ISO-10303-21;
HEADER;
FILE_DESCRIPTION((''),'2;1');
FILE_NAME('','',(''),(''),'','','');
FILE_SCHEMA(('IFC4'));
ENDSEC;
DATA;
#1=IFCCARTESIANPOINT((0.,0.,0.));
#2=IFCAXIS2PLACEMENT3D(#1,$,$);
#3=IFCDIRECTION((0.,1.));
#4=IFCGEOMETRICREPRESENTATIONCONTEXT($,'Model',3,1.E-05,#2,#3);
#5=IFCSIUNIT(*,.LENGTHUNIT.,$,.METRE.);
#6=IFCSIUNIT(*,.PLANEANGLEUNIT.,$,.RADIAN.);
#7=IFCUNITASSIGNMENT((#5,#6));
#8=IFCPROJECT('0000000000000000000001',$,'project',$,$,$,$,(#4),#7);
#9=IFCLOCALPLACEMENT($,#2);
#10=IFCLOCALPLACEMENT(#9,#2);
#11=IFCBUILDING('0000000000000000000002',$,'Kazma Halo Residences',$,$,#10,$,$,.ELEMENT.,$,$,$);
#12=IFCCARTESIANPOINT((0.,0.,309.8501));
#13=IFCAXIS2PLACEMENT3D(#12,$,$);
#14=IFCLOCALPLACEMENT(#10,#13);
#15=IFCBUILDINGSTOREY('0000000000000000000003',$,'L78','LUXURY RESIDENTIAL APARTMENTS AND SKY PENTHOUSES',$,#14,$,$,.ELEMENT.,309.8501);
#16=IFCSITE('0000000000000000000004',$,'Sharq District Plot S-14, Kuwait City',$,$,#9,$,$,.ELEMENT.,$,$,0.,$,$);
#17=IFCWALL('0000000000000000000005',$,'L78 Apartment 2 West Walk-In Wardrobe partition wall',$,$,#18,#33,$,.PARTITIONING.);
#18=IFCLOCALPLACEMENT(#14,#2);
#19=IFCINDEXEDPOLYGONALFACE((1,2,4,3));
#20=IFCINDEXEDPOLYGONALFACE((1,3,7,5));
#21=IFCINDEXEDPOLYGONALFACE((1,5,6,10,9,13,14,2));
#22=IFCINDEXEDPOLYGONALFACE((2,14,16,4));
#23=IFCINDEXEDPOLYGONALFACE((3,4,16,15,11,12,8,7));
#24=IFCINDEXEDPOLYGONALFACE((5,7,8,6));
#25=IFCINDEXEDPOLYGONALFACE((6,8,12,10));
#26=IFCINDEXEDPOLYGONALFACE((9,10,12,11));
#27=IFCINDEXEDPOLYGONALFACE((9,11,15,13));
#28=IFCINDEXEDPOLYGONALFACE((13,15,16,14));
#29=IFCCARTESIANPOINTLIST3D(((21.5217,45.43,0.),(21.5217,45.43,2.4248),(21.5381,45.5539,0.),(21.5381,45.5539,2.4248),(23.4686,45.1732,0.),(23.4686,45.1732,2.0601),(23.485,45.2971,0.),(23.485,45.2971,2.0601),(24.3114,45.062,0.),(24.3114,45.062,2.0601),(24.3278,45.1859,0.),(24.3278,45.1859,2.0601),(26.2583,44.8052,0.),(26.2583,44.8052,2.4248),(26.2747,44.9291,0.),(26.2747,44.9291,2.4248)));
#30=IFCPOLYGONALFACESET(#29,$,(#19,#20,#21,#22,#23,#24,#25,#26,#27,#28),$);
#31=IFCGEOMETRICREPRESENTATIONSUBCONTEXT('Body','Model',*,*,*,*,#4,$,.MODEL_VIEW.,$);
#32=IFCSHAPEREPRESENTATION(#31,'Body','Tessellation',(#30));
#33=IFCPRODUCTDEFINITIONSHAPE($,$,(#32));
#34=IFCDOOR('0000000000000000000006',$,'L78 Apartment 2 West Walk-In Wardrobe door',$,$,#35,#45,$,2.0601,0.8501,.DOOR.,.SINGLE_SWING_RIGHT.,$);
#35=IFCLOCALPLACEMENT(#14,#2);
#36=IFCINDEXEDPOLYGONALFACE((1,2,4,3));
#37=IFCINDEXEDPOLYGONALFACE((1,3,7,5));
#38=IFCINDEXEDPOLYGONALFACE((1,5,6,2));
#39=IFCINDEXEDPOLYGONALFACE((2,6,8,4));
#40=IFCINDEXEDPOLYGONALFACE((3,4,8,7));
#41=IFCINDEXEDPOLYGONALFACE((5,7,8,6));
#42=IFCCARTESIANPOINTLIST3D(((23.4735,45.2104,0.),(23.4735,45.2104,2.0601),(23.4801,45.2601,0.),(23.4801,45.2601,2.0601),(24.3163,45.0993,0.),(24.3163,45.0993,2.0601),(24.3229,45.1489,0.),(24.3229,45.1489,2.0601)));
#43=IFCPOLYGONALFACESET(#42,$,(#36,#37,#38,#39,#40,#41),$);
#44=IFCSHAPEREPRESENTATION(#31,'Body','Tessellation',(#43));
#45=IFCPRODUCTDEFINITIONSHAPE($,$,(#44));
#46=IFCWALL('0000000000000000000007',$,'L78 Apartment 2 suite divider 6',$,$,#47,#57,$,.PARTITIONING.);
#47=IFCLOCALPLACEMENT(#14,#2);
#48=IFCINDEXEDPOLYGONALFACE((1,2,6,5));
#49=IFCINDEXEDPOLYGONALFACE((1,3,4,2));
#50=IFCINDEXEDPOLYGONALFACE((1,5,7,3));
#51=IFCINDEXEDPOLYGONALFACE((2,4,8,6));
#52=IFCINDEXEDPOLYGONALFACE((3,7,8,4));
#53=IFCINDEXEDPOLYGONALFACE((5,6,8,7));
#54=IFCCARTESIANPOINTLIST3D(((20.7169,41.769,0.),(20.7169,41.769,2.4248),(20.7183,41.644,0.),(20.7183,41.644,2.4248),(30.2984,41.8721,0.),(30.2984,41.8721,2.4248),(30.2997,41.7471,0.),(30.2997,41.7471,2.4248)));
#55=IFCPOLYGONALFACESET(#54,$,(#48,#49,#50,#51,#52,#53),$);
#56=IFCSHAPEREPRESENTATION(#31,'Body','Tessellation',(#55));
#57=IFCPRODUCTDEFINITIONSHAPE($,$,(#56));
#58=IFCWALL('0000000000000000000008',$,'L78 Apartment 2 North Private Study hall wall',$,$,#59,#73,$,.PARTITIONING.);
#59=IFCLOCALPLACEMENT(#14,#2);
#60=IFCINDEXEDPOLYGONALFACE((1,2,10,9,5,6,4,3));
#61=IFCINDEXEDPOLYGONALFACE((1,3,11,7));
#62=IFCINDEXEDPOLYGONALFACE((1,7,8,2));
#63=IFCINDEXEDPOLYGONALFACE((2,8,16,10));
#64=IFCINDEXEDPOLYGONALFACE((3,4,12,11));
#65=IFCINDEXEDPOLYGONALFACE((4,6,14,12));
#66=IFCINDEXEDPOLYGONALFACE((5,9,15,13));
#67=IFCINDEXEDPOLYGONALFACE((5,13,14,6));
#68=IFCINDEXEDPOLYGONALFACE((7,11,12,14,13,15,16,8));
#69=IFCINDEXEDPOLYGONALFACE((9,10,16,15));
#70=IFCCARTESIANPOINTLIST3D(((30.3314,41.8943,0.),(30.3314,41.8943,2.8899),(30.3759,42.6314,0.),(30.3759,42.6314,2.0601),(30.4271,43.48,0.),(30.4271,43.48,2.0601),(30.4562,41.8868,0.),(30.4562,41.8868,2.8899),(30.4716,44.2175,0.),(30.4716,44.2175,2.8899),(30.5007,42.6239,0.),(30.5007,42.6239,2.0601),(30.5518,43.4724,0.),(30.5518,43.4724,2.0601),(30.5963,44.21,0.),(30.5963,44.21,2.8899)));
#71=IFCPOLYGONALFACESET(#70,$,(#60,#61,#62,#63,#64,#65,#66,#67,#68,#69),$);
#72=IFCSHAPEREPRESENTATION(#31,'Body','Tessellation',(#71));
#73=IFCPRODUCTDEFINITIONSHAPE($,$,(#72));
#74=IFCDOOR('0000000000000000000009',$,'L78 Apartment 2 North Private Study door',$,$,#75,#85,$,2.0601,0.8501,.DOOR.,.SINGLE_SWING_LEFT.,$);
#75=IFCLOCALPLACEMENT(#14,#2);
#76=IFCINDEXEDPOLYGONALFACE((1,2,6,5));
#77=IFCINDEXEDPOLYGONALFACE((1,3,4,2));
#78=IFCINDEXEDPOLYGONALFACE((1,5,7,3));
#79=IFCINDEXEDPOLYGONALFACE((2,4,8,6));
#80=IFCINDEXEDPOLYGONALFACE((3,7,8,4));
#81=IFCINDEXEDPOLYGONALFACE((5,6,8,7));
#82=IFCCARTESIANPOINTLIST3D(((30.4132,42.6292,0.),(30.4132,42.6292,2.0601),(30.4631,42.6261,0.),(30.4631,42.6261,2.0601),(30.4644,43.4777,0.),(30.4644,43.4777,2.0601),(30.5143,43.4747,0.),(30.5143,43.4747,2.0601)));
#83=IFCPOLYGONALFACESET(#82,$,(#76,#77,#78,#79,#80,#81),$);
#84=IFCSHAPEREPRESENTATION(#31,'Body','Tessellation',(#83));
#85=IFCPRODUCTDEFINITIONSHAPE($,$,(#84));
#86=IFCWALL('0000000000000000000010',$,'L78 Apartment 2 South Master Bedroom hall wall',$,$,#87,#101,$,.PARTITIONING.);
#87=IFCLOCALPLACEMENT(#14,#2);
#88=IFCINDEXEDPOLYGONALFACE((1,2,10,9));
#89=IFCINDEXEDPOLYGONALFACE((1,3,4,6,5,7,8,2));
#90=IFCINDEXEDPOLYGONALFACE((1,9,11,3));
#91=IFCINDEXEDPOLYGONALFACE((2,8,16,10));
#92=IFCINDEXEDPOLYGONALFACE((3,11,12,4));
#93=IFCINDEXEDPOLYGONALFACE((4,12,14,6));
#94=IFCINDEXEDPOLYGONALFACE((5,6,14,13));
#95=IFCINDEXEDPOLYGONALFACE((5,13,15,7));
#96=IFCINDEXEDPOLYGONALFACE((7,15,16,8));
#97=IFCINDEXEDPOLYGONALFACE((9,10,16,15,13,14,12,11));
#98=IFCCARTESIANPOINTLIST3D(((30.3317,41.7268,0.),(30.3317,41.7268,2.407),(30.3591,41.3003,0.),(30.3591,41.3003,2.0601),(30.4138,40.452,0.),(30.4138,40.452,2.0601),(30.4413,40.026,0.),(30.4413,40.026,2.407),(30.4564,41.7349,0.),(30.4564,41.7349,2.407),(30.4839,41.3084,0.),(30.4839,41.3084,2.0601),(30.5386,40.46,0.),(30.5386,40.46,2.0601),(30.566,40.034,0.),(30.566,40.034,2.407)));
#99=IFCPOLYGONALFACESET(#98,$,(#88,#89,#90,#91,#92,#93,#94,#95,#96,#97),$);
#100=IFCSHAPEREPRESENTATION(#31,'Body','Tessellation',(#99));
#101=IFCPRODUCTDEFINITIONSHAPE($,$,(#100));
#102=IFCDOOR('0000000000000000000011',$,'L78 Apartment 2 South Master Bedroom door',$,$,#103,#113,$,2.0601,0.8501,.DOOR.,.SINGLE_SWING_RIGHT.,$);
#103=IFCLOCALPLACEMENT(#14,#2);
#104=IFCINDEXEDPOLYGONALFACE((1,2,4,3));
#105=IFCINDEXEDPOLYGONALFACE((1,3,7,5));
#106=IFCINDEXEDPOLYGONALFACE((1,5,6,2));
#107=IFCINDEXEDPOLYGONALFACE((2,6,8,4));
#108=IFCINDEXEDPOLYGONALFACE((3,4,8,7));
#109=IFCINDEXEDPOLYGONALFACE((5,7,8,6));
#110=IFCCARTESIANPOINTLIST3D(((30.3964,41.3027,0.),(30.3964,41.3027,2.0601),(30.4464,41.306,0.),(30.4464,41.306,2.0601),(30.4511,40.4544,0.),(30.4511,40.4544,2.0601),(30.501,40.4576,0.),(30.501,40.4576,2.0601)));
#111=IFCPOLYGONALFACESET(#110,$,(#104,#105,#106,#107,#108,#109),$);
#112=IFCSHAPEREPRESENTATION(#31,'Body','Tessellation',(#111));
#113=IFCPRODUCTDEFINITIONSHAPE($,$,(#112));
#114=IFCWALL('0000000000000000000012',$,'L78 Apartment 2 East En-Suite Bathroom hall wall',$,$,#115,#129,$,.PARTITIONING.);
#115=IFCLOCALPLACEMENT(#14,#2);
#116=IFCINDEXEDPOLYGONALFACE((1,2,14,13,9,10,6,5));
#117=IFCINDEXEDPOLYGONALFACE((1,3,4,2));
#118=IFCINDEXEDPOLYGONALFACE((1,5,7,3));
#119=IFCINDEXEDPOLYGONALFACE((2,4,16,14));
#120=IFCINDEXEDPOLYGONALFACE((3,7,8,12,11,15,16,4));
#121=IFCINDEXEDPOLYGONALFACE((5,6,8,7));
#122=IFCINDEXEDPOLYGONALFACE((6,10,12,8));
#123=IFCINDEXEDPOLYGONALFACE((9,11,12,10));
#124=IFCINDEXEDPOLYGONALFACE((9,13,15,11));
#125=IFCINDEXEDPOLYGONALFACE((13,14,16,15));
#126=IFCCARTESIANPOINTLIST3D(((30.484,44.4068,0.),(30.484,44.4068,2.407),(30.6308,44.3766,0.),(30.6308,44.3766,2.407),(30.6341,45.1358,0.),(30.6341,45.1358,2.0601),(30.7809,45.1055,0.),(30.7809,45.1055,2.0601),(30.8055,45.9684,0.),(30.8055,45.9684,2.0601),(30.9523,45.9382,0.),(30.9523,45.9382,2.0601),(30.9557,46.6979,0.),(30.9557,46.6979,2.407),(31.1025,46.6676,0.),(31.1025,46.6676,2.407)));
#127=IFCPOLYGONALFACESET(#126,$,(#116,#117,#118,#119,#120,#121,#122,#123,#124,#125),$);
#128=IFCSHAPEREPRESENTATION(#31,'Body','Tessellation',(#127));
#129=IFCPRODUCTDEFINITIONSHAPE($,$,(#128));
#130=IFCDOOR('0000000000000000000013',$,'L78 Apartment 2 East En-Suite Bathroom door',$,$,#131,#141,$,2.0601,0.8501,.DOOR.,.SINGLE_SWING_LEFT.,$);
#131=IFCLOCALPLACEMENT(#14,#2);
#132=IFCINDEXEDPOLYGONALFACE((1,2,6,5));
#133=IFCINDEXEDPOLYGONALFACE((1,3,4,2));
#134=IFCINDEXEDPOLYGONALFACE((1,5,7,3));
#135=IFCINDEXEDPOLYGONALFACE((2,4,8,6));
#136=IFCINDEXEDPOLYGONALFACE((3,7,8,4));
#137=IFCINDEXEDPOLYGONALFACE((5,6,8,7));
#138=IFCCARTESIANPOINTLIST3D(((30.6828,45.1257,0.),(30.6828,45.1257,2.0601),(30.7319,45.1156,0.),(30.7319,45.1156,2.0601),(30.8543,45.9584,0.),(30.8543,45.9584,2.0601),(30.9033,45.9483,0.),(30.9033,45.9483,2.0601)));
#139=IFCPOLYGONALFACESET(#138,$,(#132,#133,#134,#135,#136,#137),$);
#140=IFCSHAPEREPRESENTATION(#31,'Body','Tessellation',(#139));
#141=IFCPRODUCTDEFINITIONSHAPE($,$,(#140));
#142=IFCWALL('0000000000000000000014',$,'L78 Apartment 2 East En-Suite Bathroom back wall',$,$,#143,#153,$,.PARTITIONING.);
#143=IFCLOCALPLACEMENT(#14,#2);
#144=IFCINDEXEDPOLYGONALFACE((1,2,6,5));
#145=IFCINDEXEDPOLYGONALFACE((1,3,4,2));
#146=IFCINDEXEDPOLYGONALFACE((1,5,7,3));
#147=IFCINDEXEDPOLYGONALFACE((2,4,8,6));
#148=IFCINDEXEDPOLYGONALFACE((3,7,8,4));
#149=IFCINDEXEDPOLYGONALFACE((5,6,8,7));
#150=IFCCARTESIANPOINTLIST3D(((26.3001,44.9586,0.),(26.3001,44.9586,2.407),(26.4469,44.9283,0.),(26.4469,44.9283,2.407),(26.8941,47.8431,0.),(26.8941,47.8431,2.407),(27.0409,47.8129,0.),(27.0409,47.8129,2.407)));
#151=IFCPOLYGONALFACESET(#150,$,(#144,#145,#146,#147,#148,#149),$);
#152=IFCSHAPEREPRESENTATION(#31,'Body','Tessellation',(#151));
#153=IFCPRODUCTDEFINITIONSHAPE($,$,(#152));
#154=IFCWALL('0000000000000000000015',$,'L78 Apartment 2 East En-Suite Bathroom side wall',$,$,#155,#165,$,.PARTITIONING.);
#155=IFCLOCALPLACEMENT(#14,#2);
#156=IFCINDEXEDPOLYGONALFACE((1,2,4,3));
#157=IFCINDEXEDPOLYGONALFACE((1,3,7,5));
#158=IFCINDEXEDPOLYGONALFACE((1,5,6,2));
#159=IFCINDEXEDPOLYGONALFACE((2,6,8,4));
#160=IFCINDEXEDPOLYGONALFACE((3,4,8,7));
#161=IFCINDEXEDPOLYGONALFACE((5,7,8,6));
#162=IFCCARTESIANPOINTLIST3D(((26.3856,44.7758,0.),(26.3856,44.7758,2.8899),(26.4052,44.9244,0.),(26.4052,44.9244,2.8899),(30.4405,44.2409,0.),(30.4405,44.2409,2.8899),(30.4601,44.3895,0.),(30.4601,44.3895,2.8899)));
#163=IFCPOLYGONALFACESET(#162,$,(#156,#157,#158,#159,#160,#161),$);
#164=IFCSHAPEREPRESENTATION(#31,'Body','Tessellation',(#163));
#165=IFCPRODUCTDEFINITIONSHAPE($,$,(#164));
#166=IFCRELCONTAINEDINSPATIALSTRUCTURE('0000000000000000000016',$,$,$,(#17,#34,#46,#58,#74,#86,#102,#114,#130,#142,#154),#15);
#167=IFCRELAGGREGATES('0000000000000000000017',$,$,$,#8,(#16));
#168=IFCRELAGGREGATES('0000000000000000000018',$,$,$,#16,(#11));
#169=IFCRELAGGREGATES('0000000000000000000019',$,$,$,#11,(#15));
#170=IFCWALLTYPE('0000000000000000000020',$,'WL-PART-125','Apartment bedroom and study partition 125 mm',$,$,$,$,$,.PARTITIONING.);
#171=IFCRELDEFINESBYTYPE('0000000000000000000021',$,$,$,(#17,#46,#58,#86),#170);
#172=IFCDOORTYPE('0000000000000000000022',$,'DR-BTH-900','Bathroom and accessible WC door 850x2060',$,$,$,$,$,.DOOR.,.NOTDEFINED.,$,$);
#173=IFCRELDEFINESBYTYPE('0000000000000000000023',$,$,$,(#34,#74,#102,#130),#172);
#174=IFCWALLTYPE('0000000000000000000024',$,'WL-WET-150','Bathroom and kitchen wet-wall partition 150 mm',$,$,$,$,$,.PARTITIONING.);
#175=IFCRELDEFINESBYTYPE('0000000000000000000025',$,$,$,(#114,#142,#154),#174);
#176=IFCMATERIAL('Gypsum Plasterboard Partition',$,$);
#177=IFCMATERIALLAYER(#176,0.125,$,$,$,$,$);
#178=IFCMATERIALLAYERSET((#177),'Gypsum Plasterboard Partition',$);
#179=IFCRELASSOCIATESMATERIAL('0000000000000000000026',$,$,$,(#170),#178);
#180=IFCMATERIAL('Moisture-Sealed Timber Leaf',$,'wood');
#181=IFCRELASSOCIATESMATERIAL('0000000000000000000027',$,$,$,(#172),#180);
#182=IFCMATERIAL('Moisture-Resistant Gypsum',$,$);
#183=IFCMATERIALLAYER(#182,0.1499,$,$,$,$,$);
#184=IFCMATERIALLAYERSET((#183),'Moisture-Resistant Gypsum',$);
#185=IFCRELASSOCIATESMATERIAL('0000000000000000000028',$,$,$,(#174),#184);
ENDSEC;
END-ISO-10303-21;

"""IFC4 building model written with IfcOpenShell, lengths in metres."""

from ifc_helpers import new_model, si_unit, direction, frame, frame_2d, origin, place, context, subcontext, project, spatial, rectangle, extrude, material, layer, layer_set, type_object, element, fill, save


model = new_model("IFC4")

# Units and contexts
model_context = context("Model", 3, precision=1e-05, world=origin(), true_north=direction((0.0, 1.0)))
body_context = subcontext(model_context, "Body", "Model", "MODEL_VIEW")
ifc_project = project(units=[si_unit("LENGTHUNIT", "METRE"), si_unit("PLANEANGLEUNIT", "RADIAN")], contexts=[model_context])

# Site, building, storey
site_placement = place(None, origin())
site = spatial("IfcSite", under=ifc_project, at=site_placement, Name="Sharq District Plot S-14, Kuwait City", CompositionType="ELEMENT", RefElevation=0.0)
building_placement = place(site_placement, origin())
building = spatial("IfcBuilding", under=site, at=building_placement, Name="Kazma Halo Residences", CompositionType="ELEMENT")
storey_placement = place(building_placement, frame((0.0, 0.0, 309.8501)))
storey = spatial("IfcBuildingStorey", under=building, at=storey_placement, Name="L78", Description="LUXURY RESIDENTIAL APARTMENTS AND SKY PENTHOUSES", CompositionType="ELEMENT", Elevation=309.8501)

# Shared definitions
ifc_material_1 = material(Name="Gypsum Plasterboard Partition")
ifc_layer_1 = layer(ifc_material_1, 0.125)
ifc_layer_set_1 = layer_set([ifc_layer_1], Name="Gypsum Plasterboard Partition")
wall_type_1 = type_object("IfcWallType", Name="WL-PART-125", Description="Apartment bedroom and study partition 125 mm", PredefinedType="PARTITIONING", material=ifc_layer_set_1)

# Wall, opening, door
wall_1_placement = place(storey_placement, frame((26.2664, 44.8672, 0.0), z_axis=(0.0, 0.0, 1.0), x_axis=(-0.991413, 0.130768, 0.0)))
wall_1 = element("IfcWall", 1, at=wall_1_placement, inside=storey, type_object=wall_type_1, Name="L78 Apartment 2 West Walk-In Wardrobe partition wall", PredefinedType="PARTITIONING", context=body_context, shape_type="SweptSolid", body=[
    extrude(rectangle(XDim=4.7776, YDim=0.125, at=frame_2d((2.3887, 0.0))), origin(), (0.0, 0.0, 1.0), 2.4248),
])
opening_1_placement = place(wall_1_placement, frame((1.9636, 0.0, 0.0)))
opening_1 = element("IfcOpeningElement", 2, at=opening_1_placement, cuts=wall_1, PredefinedType="OPENING", context=body_context, shape_type="SweptSolid", body=[
    extrude(rectangle(XDim=0.8501, YDim=2.0601, at=frame_2d((0.425, 1.03))), frame((0.0, 0.0725, 0.0), z_axis=(0.0, -1.0, 0.0), x_axis=(1.0, 0.0, 0.0)), (0.0, 0.0, 1.0), 0.145),
])
ifc_material_2 = material(Name="Moisture-Sealed Timber Leaf", Category="wood")
door_type = type_object("IfcDoorType", Name="DR-BTH-900", Description="Bathroom and accessible WC door 850x2060", OperationType="NOTDEFINED", PredefinedType="DOOR", material=ifc_material_2)
door_1_placement = place(opening_1_placement, origin())
door_1 = element("IfcDoor", 3, at=door_1_placement, inside=storey, type_object=door_type, Name="L78 Apartment 2 West Walk-In Wardrobe door", OperationType="SINGLE_SWING_RIGHT", OverallHeight=2.0601, OverallWidth=0.8501, PredefinedType="DOOR", context=body_context, shape_type="SweptSolid", body=[
    extrude(rectangle(XDim=0.8501, YDim=2.0601, at=frame_2d((0.425, 1.03))), frame((0.0, 0.0249, 0.0), z_axis=(0.0, -1.0, 0.0), x_axis=(1.0, 0.0, 0.0)), (0.0, 0.0, 1.0), 0.05),
])
fill(opening_1, door_1)

# Wall
wall_2_placement = place(storey_placement, frame((30.2991, 41.8096, 0.0), z_axis=(0.0, 0.0, 1.0), x_axis=(-0.999942, -0.010752, 0.0)))
element("IfcWall", 4, at=wall_2_placement, inside=storey, type_object=wall_type_1, Name="L78 Apartment 2 suite divider 6", PredefinedType="PARTITIONING", context=body_context, shape_type="SweptSolid", body=[
    extrude(rectangle(XDim=9.582, YDim=0.125, at=frame_2d((4.791, 0.0))), origin(), (0.0, 0.0, 1.0), 2.4248),
])

# Walls, openings, doors
wall_3_placement = place(storey_placement, frame((30.5339, 44.2136, 0.0), z_axis=(0.0, 0.0, 1.0), x_axis=(-0.06021, -0.998186, 0.0)))
wall_3 = element("IfcWall", 5, at=wall_3_placement, inside=storey, type_object=wall_type_1, Name="L78 Apartment 2 North Private Study hall wall", PredefinedType="PARTITIONING", context=body_context, shape_type="SweptSolid", body=[
    extrude(rectangle(XDim=2.3274, YDim=0.125, at=frame_2d((1.1636, 0.0))), origin(), (0.0, 0.0, 1.0), 2.8899),
])
opening_2_placement = place(wall_3_placement, frame((0.7388, 0.0, 0.0)))
opening_2 = element("IfcOpeningElement", 6, at=opening_2_placement, cuts=wall_3, PredefinedType="OPENING", context=body_context, shape_type="SweptSolid", body=[
    extrude(rectangle(XDim=0.8501, YDim=2.0601, at=frame_2d((0.425, 1.03))), frame((0.0, 0.0725, 0.0), z_axis=(0.0, -1.0, 0.0), x_axis=(1.0, 0.0, 0.0)), (0.0, 0.0, 1.0), 0.145),
])
door_2_placement = place(opening_2_placement, origin())
door_2 = element("IfcDoor", 7, at=door_2_placement, inside=storey, type_object=door_type, Name="L78 Apartment 2 North Private Study door", OperationType="SINGLE_SWING_LEFT", OverallHeight=2.0601, OverallWidth=0.8501, PredefinedType="DOOR", context=body_context, shape_type="SweptSolid", body=[
    extrude(rectangle(XDim=0.8501, YDim=2.0601, at=frame_2d((0.425, 1.03))), frame((0.0, 0.0249, 0.0), z_axis=(0.0, -1.0, 0.0), x_axis=(1.0, 0.0, 0.0)), (0.0, 0.0, 1.0), 0.05),
])
fill(opening_2, door_2)
wall_4_placement = place(storey_placement, frame((30.394, 41.7307, 0.0), z_axis=(0.0, 0.0, 1.0), x_axis=(0.064313, -0.99793, 0.0)))
wall_4 = element("IfcWall", 8, at=wall_4_placement, inside=storey, type_object=wall_type_1, Name="L78 Apartment 2 South Master Bedroom hall wall", PredefinedType="PARTITIONING", context=body_context, shape_type="SweptSolid", body=[
    extrude(rectangle(XDim=1.7043, YDim=0.125, at=frame_2d((0.8521, 0.0))), origin(), (0.0, 0.0, 1.0), 2.407),
])
opening_3_placement = place(wall_4_placement, frame((0.4272, 0.0, 0.0)))
opening_3 = element("IfcOpeningElement", 9, at=opening_3_placement, cuts=wall_4, PredefinedType="OPENING", context=body_context, shape_type="SweptSolid", body=[
    extrude(rectangle(XDim=0.8501, YDim=2.0601, at=frame_2d((0.425, 1.03))), frame((0.0, 0.0725, 0.0), z_axis=(0.0, -1.0, 0.0), x_axis=(1.0, 0.0, 0.0)), (0.0, 0.0, 1.0), 0.145),
])
door_3_placement = place(opening_3_placement, origin())
door_3 = element("IfcDoor", 10, at=door_3_placement, inside=storey, type_object=door_type, Name="L78 Apartment 2 South Master Bedroom door", OperationType="SINGLE_SWING_RIGHT", OverallHeight=2.0601, OverallWidth=0.8501, PredefinedType="DOOR", context=body_context, shape_type="SweptSolid", body=[
    extrude(rectangle(XDim=0.8501, YDim=2.0601, at=frame_2d((0.425, 1.03))), frame((0.0, 0.0249, 0.0), z_axis=(0.0, -1.0, 0.0), x_axis=(1.0, 0.0, 0.0)), (0.0, 0.0, 1.0), 0.05),
])
fill(opening_3, door_3)
ifc_material_3 = material(Name="Moisture-Resistant Gypsum")
ifc_layer_2 = layer(ifc_material_3, 0.1499)
ifc_layer_set_2 = layer_set([ifc_layer_2], Name="Moisture-Resistant Gypsum")
wall_type_2 = type_object("IfcWallType", Name="WL-WET-150", Description="Bathroom and kitchen wet-wall partition 150 mm", PredefinedType="PARTITIONING", material=ifc_layer_set_2)
wall_5_placement = place(storey_placement, frame((31.0291, 46.6826, 0.0), z_axis=(0.0, 0.0, 1.0), x_axis=(-0.201653, -0.979457, 0.0)))
wall_5 = element("IfcWall", 11, at=wall_5_placement, inside=storey, type_object=wall_type_2, Name="L78 Apartment 2 East En-Suite Bathroom hall wall", PredefinedType="PARTITIONING", context=body_context, shape_type="SweptSolid", body=[
    extrude(rectangle(XDim=2.3391, YDim=0.1499, at=frame_2d((1.1694, 0.0))), origin(), (0.0, 0.0, 1.0), 2.407),
])
opening_4_placement = place(wall_5_placement, frame((0.7446, 0.0, 0.0)))
opening_4 = element("IfcOpeningElement", 12, at=opening_4_placement, cuts=wall_5, PredefinedType="OPENING", context=body_context, shape_type="SweptSolid", body=[
    extrude(rectangle(XDim=0.8501, YDim=2.0601, at=frame_2d((0.425, 1.03))), frame((0.0, 0.085, 0.0), z_axis=(0.0, -1.0, 0.0), x_axis=(1.0, 0.0, 0.0)), (0.0, 0.0, 1.0), 0.1699),
])
door_4_placement = place(opening_4_placement, origin())
door_4 = element("IfcDoor", 13, at=door_4_placement, inside=storey, type_object=door_type, Name="L78 Apartment 2 East En-Suite Bathroom door", OperationType="SINGLE_SWING_LEFT", OverallHeight=2.0601, OverallWidth=0.8501, PredefinedType="DOOR", context=body_context, shape_type="SweptSolid", body=[
    extrude(rectangle(XDim=0.8501, YDim=2.0601, at=frame_2d((0.425, 1.03))), frame((0.0, 0.0249, 0.0), z_axis=(0.0, -1.0, 0.0), x_axis=(1.0, 0.0, 0.0)), (0.0, 0.0, 1.0), 0.05),
])
fill(opening_4, door_4)

# Walls
wall_6_placement = place(storey_placement, frame((26.9675, 47.8281, 0.0), z_axis=(0.0, 0.0, 1.0), x_axis=(-0.201693, -0.979449, 0.0)))
element("IfcWall", 14, at=wall_6_placement, inside=storey, type_object=wall_type_2, Name="L78 Apartment 2 East En-Suite Bathroom back wall", PredefinedType="PARTITIONING", context=body_context, shape_type="SweptSolid", body=[
    extrude(rectangle(XDim=2.9451, YDim=0.1499, at=frame_2d((1.4727, 0.0))), origin(), (0.0, 0.0, 1.0), 2.407),
])
wall_7_placement = place(storey_placement, frame((30.4502, 44.3152, 0.0), z_axis=(0.0, 0.0, 1.0), x_axis=(-0.991411, 0.130783, 0.0)))
element("IfcWall", 15, at=wall_7_placement, inside=storey, type_object=wall_type_2, Name="L78 Apartment 2 East En-Suite Bathroom side wall", PredefinedType="PARTITIONING", context=body_context, shape_type="SweptSolid", body=[
    extrude(rectangle(XDim=4.0901, YDim=0.1499, at=frame_2d((2.0449, 0.0))), origin(), (0.0, 0.0, 1.0), 2.8899),
])

save(model, "model.ifc")
